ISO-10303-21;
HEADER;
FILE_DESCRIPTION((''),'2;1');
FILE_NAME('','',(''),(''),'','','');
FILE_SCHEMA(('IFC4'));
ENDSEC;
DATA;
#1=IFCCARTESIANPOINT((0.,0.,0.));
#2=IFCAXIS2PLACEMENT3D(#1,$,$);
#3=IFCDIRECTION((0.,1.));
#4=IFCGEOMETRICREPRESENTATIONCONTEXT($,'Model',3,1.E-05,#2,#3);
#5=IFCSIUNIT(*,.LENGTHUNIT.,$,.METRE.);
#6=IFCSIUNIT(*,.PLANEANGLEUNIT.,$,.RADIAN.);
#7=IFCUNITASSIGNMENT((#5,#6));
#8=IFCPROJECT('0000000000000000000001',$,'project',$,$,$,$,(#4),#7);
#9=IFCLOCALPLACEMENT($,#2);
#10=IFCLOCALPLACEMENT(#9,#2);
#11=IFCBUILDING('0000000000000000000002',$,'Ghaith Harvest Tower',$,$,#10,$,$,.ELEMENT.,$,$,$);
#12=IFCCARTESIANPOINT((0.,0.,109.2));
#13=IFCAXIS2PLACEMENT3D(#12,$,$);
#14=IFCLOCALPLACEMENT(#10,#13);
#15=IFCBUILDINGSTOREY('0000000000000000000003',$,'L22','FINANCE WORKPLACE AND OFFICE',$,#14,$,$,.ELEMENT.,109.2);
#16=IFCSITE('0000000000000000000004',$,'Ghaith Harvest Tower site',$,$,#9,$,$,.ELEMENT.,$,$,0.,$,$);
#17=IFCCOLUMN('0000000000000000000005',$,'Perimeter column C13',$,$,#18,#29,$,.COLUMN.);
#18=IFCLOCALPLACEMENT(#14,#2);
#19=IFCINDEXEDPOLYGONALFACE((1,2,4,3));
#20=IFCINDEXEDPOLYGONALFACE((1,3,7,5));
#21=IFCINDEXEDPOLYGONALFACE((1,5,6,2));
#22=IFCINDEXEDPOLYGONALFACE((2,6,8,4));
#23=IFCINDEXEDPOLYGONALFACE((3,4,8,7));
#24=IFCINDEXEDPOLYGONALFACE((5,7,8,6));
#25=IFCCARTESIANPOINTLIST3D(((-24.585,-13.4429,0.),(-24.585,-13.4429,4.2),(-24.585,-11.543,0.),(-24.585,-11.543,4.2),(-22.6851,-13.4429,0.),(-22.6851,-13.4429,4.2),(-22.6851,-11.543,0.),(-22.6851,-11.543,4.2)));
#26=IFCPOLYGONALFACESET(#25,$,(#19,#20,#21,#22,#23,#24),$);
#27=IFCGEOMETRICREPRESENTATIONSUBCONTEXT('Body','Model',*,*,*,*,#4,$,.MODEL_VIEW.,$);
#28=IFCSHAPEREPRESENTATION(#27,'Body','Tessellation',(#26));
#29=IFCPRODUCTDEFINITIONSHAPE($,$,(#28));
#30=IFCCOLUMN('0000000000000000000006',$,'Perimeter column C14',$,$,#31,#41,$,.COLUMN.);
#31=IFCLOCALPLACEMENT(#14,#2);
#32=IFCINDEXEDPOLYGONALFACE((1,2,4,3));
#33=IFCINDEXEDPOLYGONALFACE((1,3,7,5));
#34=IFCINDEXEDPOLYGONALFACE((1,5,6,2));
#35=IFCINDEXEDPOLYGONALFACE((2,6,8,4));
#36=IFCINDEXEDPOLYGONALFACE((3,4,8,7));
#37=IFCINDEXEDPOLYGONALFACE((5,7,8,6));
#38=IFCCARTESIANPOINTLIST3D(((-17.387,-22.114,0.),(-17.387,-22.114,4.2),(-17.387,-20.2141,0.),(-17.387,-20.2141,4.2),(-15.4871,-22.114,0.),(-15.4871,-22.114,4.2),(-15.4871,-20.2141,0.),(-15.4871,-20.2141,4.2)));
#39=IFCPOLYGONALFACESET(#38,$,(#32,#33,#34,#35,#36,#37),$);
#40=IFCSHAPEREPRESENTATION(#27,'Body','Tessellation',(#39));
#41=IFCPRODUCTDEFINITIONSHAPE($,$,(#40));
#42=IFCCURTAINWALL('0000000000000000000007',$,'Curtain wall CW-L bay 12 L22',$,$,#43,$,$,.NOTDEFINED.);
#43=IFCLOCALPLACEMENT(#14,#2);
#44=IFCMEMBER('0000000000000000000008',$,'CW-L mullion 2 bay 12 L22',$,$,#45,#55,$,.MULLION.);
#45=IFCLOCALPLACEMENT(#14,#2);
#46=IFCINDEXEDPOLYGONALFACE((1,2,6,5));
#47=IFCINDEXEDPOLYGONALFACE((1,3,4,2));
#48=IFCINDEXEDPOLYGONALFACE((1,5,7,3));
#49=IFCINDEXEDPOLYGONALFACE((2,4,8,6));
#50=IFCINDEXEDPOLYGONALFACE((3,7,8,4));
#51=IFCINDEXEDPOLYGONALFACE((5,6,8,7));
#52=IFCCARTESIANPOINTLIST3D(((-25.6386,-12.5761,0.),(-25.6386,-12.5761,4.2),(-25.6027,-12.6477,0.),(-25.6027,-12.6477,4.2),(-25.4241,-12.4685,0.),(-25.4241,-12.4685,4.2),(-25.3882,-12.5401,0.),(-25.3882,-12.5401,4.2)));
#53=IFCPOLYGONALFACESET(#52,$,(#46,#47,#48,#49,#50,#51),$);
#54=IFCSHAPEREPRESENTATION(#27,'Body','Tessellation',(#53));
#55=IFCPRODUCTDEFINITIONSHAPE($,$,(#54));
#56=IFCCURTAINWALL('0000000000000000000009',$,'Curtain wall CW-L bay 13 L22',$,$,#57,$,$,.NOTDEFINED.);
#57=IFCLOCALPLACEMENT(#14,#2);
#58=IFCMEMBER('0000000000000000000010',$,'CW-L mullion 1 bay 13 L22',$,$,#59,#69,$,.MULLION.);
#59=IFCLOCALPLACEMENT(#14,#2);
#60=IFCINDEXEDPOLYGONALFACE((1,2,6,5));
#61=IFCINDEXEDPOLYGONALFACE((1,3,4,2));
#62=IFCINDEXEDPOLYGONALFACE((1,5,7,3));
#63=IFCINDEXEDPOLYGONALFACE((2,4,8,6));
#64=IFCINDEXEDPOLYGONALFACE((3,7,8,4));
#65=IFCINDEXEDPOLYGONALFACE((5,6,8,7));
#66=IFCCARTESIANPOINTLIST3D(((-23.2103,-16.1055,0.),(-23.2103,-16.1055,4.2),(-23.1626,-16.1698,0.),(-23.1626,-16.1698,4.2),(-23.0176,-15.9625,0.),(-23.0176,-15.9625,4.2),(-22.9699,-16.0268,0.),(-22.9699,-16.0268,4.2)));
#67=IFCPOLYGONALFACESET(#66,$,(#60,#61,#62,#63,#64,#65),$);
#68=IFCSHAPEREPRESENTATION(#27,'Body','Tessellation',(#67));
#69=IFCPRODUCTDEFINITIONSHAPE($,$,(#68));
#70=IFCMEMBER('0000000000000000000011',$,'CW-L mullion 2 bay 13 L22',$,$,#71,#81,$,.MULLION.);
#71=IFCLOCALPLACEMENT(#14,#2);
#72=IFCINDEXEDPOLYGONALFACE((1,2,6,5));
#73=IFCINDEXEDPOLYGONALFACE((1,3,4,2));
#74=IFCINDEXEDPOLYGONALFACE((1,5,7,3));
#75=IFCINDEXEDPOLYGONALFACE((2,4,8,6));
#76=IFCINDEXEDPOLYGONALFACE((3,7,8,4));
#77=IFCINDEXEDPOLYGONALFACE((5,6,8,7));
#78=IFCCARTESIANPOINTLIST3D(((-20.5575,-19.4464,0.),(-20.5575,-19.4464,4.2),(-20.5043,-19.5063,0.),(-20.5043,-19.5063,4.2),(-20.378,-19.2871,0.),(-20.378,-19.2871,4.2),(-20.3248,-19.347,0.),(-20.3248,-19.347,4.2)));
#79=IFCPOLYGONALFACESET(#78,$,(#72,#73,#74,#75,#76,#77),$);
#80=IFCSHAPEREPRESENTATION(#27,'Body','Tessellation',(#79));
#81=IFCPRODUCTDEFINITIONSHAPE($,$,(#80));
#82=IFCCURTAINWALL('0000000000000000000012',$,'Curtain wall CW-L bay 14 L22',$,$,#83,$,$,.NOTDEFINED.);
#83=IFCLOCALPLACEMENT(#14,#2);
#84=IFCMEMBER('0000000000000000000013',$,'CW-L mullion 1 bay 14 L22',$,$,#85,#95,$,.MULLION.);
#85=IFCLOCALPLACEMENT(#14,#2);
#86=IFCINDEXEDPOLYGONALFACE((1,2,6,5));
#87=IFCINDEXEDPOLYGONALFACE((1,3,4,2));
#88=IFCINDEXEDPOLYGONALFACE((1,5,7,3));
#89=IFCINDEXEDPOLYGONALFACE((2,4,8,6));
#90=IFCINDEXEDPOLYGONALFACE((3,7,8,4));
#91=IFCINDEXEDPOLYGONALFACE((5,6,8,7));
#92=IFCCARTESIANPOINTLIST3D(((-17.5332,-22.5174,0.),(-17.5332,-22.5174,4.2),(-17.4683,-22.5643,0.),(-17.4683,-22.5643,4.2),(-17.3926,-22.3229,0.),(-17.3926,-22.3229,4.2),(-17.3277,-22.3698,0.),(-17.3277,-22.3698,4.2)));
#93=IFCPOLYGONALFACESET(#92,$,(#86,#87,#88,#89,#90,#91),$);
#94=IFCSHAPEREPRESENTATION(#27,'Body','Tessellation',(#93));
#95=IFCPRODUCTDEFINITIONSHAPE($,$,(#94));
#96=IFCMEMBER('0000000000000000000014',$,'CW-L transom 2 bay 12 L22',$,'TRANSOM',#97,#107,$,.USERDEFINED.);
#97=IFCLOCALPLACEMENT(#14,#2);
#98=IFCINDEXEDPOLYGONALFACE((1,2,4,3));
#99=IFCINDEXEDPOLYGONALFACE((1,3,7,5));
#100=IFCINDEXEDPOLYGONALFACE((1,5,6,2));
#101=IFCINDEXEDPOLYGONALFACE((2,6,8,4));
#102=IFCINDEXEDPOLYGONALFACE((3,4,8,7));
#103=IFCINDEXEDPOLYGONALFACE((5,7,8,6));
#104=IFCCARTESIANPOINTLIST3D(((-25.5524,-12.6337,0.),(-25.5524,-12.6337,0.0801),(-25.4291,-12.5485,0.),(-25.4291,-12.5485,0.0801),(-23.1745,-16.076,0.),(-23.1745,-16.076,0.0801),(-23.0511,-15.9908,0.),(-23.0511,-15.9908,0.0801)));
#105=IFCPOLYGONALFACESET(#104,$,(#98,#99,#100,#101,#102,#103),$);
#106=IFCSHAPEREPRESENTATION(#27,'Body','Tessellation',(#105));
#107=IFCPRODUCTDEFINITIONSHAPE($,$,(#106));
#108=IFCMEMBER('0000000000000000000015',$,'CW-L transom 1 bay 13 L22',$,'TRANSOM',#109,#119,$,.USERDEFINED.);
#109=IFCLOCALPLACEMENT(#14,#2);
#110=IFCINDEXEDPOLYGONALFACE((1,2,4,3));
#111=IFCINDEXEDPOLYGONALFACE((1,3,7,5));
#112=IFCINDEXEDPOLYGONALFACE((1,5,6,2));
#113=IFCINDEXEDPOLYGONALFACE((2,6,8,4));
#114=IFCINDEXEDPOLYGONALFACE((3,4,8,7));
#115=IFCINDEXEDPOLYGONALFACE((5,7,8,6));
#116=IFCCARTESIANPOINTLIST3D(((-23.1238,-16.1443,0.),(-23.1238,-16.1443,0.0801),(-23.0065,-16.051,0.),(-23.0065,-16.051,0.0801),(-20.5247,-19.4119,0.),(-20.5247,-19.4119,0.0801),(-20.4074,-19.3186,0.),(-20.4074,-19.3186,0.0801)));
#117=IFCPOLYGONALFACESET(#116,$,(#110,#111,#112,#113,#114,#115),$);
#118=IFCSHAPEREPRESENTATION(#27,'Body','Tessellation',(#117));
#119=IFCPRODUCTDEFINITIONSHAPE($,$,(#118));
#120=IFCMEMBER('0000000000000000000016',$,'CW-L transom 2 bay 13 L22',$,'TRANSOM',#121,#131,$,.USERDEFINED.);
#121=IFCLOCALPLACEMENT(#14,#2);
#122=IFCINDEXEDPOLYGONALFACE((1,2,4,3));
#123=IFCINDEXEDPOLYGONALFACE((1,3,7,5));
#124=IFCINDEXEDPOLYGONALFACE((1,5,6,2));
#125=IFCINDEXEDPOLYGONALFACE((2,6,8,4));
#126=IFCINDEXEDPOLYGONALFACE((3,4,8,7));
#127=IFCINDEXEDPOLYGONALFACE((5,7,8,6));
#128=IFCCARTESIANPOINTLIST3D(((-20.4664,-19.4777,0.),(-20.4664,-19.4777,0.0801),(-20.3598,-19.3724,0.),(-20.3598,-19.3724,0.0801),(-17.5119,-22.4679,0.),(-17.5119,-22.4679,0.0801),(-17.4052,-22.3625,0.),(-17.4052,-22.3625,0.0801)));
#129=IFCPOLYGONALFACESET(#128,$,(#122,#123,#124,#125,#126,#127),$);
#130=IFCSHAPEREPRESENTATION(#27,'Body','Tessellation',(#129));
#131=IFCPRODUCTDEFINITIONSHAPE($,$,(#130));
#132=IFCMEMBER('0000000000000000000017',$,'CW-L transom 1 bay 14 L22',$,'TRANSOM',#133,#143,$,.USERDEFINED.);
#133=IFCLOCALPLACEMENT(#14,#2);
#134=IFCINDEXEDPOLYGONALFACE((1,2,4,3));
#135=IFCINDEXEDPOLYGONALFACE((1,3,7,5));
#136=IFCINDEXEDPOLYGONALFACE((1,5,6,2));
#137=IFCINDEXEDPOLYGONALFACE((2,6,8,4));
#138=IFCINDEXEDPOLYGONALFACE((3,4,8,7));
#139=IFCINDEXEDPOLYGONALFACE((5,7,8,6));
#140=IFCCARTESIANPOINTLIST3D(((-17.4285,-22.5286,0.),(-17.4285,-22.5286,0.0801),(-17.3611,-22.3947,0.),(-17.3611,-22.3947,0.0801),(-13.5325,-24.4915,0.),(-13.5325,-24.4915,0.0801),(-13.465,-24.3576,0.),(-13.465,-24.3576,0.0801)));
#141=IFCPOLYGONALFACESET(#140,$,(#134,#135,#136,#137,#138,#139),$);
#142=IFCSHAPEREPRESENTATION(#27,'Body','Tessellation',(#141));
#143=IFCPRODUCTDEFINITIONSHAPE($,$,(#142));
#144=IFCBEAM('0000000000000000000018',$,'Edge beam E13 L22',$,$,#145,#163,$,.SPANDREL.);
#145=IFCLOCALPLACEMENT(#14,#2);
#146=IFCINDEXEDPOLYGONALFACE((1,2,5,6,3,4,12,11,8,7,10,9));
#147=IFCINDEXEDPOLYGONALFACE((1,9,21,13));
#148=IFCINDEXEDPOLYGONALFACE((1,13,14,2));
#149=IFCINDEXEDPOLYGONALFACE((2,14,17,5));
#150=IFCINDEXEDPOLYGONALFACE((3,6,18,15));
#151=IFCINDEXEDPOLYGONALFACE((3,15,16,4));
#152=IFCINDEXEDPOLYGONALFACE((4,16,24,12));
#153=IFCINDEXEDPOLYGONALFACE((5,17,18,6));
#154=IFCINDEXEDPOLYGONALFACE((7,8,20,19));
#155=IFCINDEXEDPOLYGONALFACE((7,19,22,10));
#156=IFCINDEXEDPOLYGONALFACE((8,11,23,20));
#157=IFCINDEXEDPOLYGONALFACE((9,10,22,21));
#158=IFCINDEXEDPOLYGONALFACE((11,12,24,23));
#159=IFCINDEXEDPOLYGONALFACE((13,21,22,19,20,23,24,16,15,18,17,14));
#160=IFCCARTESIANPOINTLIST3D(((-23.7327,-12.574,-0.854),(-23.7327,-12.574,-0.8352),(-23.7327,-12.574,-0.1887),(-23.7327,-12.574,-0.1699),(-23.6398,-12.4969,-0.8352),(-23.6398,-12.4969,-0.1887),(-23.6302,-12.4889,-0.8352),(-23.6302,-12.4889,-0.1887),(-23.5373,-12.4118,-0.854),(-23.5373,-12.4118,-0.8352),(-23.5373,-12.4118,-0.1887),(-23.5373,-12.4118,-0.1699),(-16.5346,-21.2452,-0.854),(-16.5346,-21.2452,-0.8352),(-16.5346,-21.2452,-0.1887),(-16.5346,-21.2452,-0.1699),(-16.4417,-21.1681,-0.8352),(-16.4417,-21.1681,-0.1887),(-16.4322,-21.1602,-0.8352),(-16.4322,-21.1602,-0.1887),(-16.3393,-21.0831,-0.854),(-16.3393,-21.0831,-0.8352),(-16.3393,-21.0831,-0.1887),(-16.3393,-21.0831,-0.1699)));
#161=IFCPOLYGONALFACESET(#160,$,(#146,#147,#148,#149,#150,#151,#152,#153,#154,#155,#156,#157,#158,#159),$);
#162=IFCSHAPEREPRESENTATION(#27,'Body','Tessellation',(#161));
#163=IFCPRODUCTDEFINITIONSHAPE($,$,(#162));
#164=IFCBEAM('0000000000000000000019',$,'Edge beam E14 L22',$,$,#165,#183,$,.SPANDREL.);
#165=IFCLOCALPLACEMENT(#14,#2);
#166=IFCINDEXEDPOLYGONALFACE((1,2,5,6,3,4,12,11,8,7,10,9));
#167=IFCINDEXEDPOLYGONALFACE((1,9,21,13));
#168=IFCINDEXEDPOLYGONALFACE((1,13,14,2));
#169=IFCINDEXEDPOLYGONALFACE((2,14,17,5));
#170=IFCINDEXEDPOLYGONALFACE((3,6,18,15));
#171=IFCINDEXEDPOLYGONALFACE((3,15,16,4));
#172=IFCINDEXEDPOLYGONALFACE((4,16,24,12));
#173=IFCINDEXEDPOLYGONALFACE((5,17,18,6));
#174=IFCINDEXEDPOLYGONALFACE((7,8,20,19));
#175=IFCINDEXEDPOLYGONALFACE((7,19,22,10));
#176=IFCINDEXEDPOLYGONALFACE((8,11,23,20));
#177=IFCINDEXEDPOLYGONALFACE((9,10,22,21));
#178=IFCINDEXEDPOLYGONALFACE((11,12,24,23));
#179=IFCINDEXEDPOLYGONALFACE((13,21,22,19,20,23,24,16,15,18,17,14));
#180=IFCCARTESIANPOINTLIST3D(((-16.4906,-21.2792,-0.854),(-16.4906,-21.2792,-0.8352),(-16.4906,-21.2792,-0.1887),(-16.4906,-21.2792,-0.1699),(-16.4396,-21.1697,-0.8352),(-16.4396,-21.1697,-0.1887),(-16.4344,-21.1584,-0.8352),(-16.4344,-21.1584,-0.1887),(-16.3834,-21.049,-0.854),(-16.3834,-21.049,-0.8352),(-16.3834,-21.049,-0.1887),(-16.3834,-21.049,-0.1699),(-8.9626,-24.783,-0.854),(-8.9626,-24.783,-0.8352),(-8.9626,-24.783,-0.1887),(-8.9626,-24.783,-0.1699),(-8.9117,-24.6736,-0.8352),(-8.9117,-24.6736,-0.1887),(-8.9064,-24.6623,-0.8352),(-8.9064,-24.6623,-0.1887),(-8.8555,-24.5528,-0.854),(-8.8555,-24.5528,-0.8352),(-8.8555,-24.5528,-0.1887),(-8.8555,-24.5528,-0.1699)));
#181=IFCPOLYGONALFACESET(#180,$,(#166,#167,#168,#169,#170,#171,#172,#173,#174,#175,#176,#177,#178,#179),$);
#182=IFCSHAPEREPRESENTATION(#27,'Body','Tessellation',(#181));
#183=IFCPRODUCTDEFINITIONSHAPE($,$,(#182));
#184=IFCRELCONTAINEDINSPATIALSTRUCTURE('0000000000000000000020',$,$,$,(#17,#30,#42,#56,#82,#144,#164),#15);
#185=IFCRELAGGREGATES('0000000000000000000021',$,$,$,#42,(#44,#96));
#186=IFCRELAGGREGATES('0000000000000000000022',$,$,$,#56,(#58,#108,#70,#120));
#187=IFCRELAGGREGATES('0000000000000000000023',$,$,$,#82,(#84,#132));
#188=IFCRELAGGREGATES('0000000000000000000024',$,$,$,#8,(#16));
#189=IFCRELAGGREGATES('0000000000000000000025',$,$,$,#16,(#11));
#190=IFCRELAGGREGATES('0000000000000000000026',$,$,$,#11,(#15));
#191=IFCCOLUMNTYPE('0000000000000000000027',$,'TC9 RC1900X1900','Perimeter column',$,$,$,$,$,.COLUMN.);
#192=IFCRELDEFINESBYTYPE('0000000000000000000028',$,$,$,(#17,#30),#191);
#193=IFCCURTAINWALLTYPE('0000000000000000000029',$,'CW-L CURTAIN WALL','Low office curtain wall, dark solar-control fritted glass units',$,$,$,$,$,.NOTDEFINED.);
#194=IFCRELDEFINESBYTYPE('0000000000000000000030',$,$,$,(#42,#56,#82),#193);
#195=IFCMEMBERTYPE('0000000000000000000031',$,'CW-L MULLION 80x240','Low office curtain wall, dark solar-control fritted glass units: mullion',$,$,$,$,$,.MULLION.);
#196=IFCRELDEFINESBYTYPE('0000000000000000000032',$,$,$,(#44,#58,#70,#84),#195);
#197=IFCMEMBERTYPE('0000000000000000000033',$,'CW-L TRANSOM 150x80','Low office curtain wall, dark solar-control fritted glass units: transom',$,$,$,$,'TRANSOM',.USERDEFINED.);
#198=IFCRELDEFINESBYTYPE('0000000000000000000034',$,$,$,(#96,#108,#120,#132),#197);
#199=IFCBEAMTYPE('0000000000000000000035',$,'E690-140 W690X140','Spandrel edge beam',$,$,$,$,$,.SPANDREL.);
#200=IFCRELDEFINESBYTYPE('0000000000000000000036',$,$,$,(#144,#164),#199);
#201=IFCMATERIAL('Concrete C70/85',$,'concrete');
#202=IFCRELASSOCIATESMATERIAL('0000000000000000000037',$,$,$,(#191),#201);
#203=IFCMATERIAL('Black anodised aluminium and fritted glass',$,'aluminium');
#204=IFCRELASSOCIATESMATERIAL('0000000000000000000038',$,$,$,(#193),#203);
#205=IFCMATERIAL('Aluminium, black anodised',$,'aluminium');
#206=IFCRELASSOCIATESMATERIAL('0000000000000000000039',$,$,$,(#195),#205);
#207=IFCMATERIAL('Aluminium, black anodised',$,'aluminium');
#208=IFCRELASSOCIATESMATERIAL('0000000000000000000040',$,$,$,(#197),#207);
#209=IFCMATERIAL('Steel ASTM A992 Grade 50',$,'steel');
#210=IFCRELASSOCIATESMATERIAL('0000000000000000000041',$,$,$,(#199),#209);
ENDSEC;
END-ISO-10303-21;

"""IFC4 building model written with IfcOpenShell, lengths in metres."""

from ifc_helpers import new_model, si_unit, direction, frame, origin, origin_2d, place, context, subcontext, project, spatial, rectangle, i_section, extrude, material, material_profile, profile_set, type_object, element, aggregate, save


model = new_model("IFC4")

# Units and contexts
model_context = context("Model", 3, precision=1e-05, world=origin(), true_north=direction((0.0, 1.0)))
body_context = subcontext(model_context, "Body", "Model", "MODEL_VIEW")
ifc_project = project(units=[si_unit("LENGTHUNIT", "METRE"), si_unit("PLANEANGLEUNIT", "RADIAN")], contexts=[model_context])

# Site, building, storey
site_placement = place(None, origin())
site = spatial("IfcSite", under=ifc_project, at=site_placement, Name="Ghaith Harvest Tower site", CompositionType="ELEMENT", RefElevation=0.0)
building_placement = place(site_placement, origin())
building = spatial("IfcBuilding", under=site, at=building_placement, Name="Ghaith Harvest Tower", CompositionType="ELEMENT")
storey_placement = place(building_placement, frame((0.0, 0.0, 109.2)))
storey = spatial("IfcBuildingStorey", under=building, at=storey_placement, Name="L22", Description="FINANCE WORKPLACE AND OFFICE", CompositionType="ELEMENT", Elevation=109.2)

# Columns
ifc_material_1 = material(Name="Concrete C70/85", Category="concrete")
ifc_material_profile_1 = material_profile(ifc_material_1, rectangle(XDim=1.8999, YDim=1.8999, at=origin_2d()), Name="RC1900X1900")
ifc_profile_set_1 = profile_set([ifc_material_profile_1], Name="Concrete C70/85")
column_type = type_object("IfcColumnType", Name="TC9 RC1900X1900", Description="Perimeter column", PredefinedType="COLUMN", material=ifc_profile_set_1)
for number, where, z_axis, x_axis, name in (
    (1, (-23.635, -12.4929, 0.0), (0.0, 0.0, 1.0), (1.0, 0.0, 0.0), "Perimeter column C13"),
    (2, (-16.437, -21.1641, 0.0), (0.0, 0.0, 1.0), (1.0, 0.0, 0.0), "Perimeter column C14"),
):
    element("IfcColumn", number, at=place(storey_placement, frame(where, z_axis=z_axis, x_axis=x_axis)), inside=storey, type_object=column_type, Name=name, PredefinedType="COLUMN", context=body_context, shape_type="SweptSolid", body=[
        extrude(rectangle(XDim=1.8999, YDim=1.8999, at=origin_2d()), origin(), (0.0, 0.0, 1.0), 4.2),
    ])

# Curtain wall, member
ifc_material_2 = material(Name="Black anodised aluminium and fritted glass", Category="aluminium")
curtain_wall_type = type_object("IfcCurtainWallType", Name="CW-L CURTAIN WALL", Description="Low office curtain wall, dark solar-control fritted glass units", PredefinedType="NOTDEFINED", material=ifc_material_2)
curtain_wall_1_placement = place(storey_placement, origin())
curtain_wall_1 = element("IfcCurtainWall", 3, at=curtain_wall_1_placement, inside=storey, type_object=curtain_wall_type, Name="Curtain wall CW-L bay 12 L22", PredefinedType="NOTDEFINED")
ifc_material_3 = material(Name="Aluminium, black anodised", Category="aluminium")
ifc_material_profile_2 = material_profile(ifc_material_3, rectangle(XDim=0.0801, YDim=0.24, at=origin_2d()), Name="CW-L MULLION 80x240")
ifc_profile_set_2 = profile_set([ifc_material_profile_2], Name="Aluminium, black anodised")
member_type_1 = type_object("IfcMemberType", Name="CW-L MULLION 80x240", Description="Low office curtain wall, dark solar-control fritted glass units: mullion", PredefinedType="MULLION", material=ifc_profile_set_2)
member_1_placement = place(storey_placement, frame((-25.5134, -12.5581, 0.0), z_axis=(0.0, 0.0, 1.0), x_axis=(0.448267, -0.8939, 0.0)))
member_1 = element("IfcMember", 4, at=member_1_placement, type_object=member_type_1, Name="CW-L mullion 2 bay 12 L22", PredefinedType="MULLION", context=body_context, shape_type="SweptSolid", body=[
    extrude(rectangle(XDim=0.0801, YDim=0.24, at=origin_2d()), origin(), (0.0, 0.0, 1.0), 4.2),
])

# Curtain wall, members
curtain_wall_2_placement = place(storey_placement, origin())
curtain_wall_2 = element("IfcCurtainWall", 5, at=curtain_wall_2_placement, inside=storey, type_object=curtain_wall_type, Name="Curtain wall CW-L bay 13 L22", PredefinedType="NOTDEFINED")
member_2_placement = place(storey_placement, frame((-23.0901, -16.0662, 0.0), z_axis=(0.0, 0.0, 1.0), x_axis=(0.59574, -0.803177, 0.0)))
member_2 = element("IfcMember", 6, at=member_2_placement, type_object=member_type_1, Name="CW-L mullion 1 bay 13 L22", PredefinedType="MULLION", context=body_context, shape_type="SweptSolid", body=[
    extrude(rectangle(XDim=0.0801, YDim=0.24, at=origin_2d()), origin(), (0.0, 0.0, 1.0), 4.2),
])
member_3_placement = place(storey_placement, frame((-20.4412, -19.3967, 0.0), z_axis=(0.0, 0.0, 1.0), x_axis=(0.663765, -0.747941, 0.0)))
member_3 = element("IfcMember", 7, at=member_3_placement, type_object=member_type_1, Name="CW-L mullion 2 bay 13 L22", PredefinedType="MULLION", context=body_context, shape_type="SweptSolid", body=[
    extrude(rectangle(XDim=0.0801, YDim=0.24, at=origin_2d()), origin(), (0.0, 0.0, 1.0), 4.2),
])

# Curtain wall, member
curtain_wall_3_placement = place(storey_placement, origin())
curtain_wall_3 = element("IfcCurtainWall", 8, at=curtain_wall_3_placement, inside=storey, type_object=curtain_wall_type, Name="Curtain wall CW-L bay 14 L22", PredefinedType="NOTDEFINED")
member_4_placement = place(storey_placement, frame((-17.4304, -22.4436, 0.0), z_axis=(0.0, 0.0, 1.0), x_axis=(0.810339, -0.585961, 0.0)))
member_4 = element("IfcMember", 9, at=member_4_placement, type_object=member_type_1, Name="CW-L mullion 1 bay 14 L22", PredefinedType="MULLION", context=body_context, shape_type="SweptSolid", body=[
    extrude(rectangle(XDim=0.0801, YDim=0.24, at=origin_2d()), origin(), (0.0, 0.0, 1.0), 4.2),
])

# Members
ifc_material_4 = material(Name="Aluminium, black anodised", Category="aluminium")
ifc_material_profile_3 = material_profile(ifc_material_4, rectangle(XDim=0.1499, YDim=0.0801, at=origin_2d()), Name="CW-L TRANSOM 150x80")
ifc_profile_set_3 = profile_set([ifc_material_profile_3], Name="Aluminium, black anodised")
member_type_2 = type_object("IfcMemberType", Name="CW-L TRANSOM 150x80", Description="Low office curtain wall, dark solar-control fritted glass units: transom", ElementType="TRANSOM", PredefinedType="USERDEFINED", material=ifc_profile_set_3)
member_5_placement = place(storey_placement, frame((-25.4907, -12.5911, 0.04), z_axis=(0.56836, -0.82278, 0.0), x_axis=(0.82278, 0.56836, 0.0)))
member_5 = element("IfcMember", 10, at=member_5_placement, type_object=member_type_2, Name="CW-L transom 2 bay 12 L22", ObjectType="TRANSOM", PredefinedType="USERDEFINED", context=body_context, shape_type="SweptSolid", body=[
    extrude(rectangle(XDim=0.1499, YDim=0.0801, at=origin_2d()), origin(), (0.0, 0.0, 1.0), 4.1838),
])
member_6_placement = place(storey_placement, frame((-23.0652, -16.0977, 0.04), z_axis=(0.622511, -0.782611, 0.0), x_axis=(0.782611, 0.622511, 0.0)))
member_6 = element("IfcMember", 11, at=member_6_placement, type_object=member_type_2, Name="CW-L transom 1 bay 13 L22", ObjectType="TRANSOM", PredefinedType="USERDEFINED", context=body_context, shape_type="SweptSolid", body=[
    extrude(rectangle(XDim=0.1499, YDim=0.0801, at=origin_2d()), origin(), (0.0, 0.0, 1.0), 4.1753),
])
member_7_placement = place(storey_placement, frame((-20.4131, -19.425, 0.04), z_axis=(0.702854, -0.711334, 0.0), x_axis=(0.711334, 0.702854, 0.0)))
member_7 = element("IfcMember", 12, at=member_7_placement, type_object=member_type_2, Name="CW-L transom 2 bay 13 L22", ObjectType="TRANSOM", PredefinedType="USERDEFINED", context=body_context, shape_type="SweptSolid", body=[
    extrude(rectangle(XDim=0.1499, YDim=0.0801, at=origin_2d()), origin(), (0.0, 0.0, 1.0), 4.2036),
])
member_8_placement = place(storey_placement, frame((-17.3948, -22.4617, 0.04), z_axis=(0.893058, -0.449943, 0.0), x_axis=(0.449943, 0.893058, 0.0)))
member_8 = element("IfcMember", 13, at=member_8_placement, type_object=member_type_2, Name="CW-L transom 1 bay 14 L22", ObjectType="TRANSOM", PredefinedType="USERDEFINED", context=body_context, shape_type="SweptSolid", body=[
    extrude(rectangle(XDim=0.1499, YDim=0.0801, at=origin_2d()), origin(), (0.0, 0.0, 1.0), 4.3625),
])

# Beams
ifc_material_5 = material(Name="Steel ASTM A992 Grade 50", Category="steel")
ifc_material_profile_4 = material_profile(ifc_material_5, i_section(OverallWidth=0.2539, OverallDepth=0.6841, WebThickness=0.0125, FlangeThickness=0.0188, at=origin_2d()), Name="W690X140")
ifc_profile_set_4 = profile_set([ifc_material_profile_4], Name="Steel ASTM A992 Grade 50")
beam_type = type_object("IfcBeamType", Name="E690-140 W690X140", Description="Spandrel edge beam", PredefinedType="SPANDREL", material=ifc_profile_set_4)
beam_1_placement = place(storey_placement, frame((-23.635, -12.4929, -0.512), z_axis=(0.638719, -0.76944, 0.0), x_axis=(0.76944, 0.638719, 0.0)))
element("IfcBeam", 14, at=beam_1_placement, inside=storey, type_object=beam_type, Name="Edge beam E13 L22", PredefinedType="SPANDREL", context=body_context, shape_type="SweptSolid", body=[
    extrude(i_section(OverallWidth=0.2539, OverallDepth=0.6841, WebThickness=0.0125, FlangeThickness=0.0188, at=origin_2d()), origin(), (0.0, 0.0, 1.0), 11.2695),
])
beam_2_placement = place(storey_placement, frame((-16.437, -21.1641, -0.512), z_axis=(0.906607, -0.421976, 0.0), x_axis=(0.421976, 0.906607, 0.0)))
element("IfcBeam", 15, at=beam_2_placement, inside=storey, type_object=beam_type, Name="Edge beam E14 L22", PredefinedType="SPANDREL", context=body_context, shape_type="SweptSolid", body=[
    extrude(i_section(OverallWidth=0.2539, OverallDepth=0.6841, WebThickness=0.0125, FlangeThickness=0.0188, at=origin_2d()), origin(), (0.0, 0.0, 1.0), 8.3035),
])

aggregate(curtain_wall_1, [member_1, member_5])
aggregate(curtain_wall_2, [member_2, member_6, member_3, member_7])
aggregate(curtain_wall_3, [member_4, member_8])

save(model, "model.ifc")
